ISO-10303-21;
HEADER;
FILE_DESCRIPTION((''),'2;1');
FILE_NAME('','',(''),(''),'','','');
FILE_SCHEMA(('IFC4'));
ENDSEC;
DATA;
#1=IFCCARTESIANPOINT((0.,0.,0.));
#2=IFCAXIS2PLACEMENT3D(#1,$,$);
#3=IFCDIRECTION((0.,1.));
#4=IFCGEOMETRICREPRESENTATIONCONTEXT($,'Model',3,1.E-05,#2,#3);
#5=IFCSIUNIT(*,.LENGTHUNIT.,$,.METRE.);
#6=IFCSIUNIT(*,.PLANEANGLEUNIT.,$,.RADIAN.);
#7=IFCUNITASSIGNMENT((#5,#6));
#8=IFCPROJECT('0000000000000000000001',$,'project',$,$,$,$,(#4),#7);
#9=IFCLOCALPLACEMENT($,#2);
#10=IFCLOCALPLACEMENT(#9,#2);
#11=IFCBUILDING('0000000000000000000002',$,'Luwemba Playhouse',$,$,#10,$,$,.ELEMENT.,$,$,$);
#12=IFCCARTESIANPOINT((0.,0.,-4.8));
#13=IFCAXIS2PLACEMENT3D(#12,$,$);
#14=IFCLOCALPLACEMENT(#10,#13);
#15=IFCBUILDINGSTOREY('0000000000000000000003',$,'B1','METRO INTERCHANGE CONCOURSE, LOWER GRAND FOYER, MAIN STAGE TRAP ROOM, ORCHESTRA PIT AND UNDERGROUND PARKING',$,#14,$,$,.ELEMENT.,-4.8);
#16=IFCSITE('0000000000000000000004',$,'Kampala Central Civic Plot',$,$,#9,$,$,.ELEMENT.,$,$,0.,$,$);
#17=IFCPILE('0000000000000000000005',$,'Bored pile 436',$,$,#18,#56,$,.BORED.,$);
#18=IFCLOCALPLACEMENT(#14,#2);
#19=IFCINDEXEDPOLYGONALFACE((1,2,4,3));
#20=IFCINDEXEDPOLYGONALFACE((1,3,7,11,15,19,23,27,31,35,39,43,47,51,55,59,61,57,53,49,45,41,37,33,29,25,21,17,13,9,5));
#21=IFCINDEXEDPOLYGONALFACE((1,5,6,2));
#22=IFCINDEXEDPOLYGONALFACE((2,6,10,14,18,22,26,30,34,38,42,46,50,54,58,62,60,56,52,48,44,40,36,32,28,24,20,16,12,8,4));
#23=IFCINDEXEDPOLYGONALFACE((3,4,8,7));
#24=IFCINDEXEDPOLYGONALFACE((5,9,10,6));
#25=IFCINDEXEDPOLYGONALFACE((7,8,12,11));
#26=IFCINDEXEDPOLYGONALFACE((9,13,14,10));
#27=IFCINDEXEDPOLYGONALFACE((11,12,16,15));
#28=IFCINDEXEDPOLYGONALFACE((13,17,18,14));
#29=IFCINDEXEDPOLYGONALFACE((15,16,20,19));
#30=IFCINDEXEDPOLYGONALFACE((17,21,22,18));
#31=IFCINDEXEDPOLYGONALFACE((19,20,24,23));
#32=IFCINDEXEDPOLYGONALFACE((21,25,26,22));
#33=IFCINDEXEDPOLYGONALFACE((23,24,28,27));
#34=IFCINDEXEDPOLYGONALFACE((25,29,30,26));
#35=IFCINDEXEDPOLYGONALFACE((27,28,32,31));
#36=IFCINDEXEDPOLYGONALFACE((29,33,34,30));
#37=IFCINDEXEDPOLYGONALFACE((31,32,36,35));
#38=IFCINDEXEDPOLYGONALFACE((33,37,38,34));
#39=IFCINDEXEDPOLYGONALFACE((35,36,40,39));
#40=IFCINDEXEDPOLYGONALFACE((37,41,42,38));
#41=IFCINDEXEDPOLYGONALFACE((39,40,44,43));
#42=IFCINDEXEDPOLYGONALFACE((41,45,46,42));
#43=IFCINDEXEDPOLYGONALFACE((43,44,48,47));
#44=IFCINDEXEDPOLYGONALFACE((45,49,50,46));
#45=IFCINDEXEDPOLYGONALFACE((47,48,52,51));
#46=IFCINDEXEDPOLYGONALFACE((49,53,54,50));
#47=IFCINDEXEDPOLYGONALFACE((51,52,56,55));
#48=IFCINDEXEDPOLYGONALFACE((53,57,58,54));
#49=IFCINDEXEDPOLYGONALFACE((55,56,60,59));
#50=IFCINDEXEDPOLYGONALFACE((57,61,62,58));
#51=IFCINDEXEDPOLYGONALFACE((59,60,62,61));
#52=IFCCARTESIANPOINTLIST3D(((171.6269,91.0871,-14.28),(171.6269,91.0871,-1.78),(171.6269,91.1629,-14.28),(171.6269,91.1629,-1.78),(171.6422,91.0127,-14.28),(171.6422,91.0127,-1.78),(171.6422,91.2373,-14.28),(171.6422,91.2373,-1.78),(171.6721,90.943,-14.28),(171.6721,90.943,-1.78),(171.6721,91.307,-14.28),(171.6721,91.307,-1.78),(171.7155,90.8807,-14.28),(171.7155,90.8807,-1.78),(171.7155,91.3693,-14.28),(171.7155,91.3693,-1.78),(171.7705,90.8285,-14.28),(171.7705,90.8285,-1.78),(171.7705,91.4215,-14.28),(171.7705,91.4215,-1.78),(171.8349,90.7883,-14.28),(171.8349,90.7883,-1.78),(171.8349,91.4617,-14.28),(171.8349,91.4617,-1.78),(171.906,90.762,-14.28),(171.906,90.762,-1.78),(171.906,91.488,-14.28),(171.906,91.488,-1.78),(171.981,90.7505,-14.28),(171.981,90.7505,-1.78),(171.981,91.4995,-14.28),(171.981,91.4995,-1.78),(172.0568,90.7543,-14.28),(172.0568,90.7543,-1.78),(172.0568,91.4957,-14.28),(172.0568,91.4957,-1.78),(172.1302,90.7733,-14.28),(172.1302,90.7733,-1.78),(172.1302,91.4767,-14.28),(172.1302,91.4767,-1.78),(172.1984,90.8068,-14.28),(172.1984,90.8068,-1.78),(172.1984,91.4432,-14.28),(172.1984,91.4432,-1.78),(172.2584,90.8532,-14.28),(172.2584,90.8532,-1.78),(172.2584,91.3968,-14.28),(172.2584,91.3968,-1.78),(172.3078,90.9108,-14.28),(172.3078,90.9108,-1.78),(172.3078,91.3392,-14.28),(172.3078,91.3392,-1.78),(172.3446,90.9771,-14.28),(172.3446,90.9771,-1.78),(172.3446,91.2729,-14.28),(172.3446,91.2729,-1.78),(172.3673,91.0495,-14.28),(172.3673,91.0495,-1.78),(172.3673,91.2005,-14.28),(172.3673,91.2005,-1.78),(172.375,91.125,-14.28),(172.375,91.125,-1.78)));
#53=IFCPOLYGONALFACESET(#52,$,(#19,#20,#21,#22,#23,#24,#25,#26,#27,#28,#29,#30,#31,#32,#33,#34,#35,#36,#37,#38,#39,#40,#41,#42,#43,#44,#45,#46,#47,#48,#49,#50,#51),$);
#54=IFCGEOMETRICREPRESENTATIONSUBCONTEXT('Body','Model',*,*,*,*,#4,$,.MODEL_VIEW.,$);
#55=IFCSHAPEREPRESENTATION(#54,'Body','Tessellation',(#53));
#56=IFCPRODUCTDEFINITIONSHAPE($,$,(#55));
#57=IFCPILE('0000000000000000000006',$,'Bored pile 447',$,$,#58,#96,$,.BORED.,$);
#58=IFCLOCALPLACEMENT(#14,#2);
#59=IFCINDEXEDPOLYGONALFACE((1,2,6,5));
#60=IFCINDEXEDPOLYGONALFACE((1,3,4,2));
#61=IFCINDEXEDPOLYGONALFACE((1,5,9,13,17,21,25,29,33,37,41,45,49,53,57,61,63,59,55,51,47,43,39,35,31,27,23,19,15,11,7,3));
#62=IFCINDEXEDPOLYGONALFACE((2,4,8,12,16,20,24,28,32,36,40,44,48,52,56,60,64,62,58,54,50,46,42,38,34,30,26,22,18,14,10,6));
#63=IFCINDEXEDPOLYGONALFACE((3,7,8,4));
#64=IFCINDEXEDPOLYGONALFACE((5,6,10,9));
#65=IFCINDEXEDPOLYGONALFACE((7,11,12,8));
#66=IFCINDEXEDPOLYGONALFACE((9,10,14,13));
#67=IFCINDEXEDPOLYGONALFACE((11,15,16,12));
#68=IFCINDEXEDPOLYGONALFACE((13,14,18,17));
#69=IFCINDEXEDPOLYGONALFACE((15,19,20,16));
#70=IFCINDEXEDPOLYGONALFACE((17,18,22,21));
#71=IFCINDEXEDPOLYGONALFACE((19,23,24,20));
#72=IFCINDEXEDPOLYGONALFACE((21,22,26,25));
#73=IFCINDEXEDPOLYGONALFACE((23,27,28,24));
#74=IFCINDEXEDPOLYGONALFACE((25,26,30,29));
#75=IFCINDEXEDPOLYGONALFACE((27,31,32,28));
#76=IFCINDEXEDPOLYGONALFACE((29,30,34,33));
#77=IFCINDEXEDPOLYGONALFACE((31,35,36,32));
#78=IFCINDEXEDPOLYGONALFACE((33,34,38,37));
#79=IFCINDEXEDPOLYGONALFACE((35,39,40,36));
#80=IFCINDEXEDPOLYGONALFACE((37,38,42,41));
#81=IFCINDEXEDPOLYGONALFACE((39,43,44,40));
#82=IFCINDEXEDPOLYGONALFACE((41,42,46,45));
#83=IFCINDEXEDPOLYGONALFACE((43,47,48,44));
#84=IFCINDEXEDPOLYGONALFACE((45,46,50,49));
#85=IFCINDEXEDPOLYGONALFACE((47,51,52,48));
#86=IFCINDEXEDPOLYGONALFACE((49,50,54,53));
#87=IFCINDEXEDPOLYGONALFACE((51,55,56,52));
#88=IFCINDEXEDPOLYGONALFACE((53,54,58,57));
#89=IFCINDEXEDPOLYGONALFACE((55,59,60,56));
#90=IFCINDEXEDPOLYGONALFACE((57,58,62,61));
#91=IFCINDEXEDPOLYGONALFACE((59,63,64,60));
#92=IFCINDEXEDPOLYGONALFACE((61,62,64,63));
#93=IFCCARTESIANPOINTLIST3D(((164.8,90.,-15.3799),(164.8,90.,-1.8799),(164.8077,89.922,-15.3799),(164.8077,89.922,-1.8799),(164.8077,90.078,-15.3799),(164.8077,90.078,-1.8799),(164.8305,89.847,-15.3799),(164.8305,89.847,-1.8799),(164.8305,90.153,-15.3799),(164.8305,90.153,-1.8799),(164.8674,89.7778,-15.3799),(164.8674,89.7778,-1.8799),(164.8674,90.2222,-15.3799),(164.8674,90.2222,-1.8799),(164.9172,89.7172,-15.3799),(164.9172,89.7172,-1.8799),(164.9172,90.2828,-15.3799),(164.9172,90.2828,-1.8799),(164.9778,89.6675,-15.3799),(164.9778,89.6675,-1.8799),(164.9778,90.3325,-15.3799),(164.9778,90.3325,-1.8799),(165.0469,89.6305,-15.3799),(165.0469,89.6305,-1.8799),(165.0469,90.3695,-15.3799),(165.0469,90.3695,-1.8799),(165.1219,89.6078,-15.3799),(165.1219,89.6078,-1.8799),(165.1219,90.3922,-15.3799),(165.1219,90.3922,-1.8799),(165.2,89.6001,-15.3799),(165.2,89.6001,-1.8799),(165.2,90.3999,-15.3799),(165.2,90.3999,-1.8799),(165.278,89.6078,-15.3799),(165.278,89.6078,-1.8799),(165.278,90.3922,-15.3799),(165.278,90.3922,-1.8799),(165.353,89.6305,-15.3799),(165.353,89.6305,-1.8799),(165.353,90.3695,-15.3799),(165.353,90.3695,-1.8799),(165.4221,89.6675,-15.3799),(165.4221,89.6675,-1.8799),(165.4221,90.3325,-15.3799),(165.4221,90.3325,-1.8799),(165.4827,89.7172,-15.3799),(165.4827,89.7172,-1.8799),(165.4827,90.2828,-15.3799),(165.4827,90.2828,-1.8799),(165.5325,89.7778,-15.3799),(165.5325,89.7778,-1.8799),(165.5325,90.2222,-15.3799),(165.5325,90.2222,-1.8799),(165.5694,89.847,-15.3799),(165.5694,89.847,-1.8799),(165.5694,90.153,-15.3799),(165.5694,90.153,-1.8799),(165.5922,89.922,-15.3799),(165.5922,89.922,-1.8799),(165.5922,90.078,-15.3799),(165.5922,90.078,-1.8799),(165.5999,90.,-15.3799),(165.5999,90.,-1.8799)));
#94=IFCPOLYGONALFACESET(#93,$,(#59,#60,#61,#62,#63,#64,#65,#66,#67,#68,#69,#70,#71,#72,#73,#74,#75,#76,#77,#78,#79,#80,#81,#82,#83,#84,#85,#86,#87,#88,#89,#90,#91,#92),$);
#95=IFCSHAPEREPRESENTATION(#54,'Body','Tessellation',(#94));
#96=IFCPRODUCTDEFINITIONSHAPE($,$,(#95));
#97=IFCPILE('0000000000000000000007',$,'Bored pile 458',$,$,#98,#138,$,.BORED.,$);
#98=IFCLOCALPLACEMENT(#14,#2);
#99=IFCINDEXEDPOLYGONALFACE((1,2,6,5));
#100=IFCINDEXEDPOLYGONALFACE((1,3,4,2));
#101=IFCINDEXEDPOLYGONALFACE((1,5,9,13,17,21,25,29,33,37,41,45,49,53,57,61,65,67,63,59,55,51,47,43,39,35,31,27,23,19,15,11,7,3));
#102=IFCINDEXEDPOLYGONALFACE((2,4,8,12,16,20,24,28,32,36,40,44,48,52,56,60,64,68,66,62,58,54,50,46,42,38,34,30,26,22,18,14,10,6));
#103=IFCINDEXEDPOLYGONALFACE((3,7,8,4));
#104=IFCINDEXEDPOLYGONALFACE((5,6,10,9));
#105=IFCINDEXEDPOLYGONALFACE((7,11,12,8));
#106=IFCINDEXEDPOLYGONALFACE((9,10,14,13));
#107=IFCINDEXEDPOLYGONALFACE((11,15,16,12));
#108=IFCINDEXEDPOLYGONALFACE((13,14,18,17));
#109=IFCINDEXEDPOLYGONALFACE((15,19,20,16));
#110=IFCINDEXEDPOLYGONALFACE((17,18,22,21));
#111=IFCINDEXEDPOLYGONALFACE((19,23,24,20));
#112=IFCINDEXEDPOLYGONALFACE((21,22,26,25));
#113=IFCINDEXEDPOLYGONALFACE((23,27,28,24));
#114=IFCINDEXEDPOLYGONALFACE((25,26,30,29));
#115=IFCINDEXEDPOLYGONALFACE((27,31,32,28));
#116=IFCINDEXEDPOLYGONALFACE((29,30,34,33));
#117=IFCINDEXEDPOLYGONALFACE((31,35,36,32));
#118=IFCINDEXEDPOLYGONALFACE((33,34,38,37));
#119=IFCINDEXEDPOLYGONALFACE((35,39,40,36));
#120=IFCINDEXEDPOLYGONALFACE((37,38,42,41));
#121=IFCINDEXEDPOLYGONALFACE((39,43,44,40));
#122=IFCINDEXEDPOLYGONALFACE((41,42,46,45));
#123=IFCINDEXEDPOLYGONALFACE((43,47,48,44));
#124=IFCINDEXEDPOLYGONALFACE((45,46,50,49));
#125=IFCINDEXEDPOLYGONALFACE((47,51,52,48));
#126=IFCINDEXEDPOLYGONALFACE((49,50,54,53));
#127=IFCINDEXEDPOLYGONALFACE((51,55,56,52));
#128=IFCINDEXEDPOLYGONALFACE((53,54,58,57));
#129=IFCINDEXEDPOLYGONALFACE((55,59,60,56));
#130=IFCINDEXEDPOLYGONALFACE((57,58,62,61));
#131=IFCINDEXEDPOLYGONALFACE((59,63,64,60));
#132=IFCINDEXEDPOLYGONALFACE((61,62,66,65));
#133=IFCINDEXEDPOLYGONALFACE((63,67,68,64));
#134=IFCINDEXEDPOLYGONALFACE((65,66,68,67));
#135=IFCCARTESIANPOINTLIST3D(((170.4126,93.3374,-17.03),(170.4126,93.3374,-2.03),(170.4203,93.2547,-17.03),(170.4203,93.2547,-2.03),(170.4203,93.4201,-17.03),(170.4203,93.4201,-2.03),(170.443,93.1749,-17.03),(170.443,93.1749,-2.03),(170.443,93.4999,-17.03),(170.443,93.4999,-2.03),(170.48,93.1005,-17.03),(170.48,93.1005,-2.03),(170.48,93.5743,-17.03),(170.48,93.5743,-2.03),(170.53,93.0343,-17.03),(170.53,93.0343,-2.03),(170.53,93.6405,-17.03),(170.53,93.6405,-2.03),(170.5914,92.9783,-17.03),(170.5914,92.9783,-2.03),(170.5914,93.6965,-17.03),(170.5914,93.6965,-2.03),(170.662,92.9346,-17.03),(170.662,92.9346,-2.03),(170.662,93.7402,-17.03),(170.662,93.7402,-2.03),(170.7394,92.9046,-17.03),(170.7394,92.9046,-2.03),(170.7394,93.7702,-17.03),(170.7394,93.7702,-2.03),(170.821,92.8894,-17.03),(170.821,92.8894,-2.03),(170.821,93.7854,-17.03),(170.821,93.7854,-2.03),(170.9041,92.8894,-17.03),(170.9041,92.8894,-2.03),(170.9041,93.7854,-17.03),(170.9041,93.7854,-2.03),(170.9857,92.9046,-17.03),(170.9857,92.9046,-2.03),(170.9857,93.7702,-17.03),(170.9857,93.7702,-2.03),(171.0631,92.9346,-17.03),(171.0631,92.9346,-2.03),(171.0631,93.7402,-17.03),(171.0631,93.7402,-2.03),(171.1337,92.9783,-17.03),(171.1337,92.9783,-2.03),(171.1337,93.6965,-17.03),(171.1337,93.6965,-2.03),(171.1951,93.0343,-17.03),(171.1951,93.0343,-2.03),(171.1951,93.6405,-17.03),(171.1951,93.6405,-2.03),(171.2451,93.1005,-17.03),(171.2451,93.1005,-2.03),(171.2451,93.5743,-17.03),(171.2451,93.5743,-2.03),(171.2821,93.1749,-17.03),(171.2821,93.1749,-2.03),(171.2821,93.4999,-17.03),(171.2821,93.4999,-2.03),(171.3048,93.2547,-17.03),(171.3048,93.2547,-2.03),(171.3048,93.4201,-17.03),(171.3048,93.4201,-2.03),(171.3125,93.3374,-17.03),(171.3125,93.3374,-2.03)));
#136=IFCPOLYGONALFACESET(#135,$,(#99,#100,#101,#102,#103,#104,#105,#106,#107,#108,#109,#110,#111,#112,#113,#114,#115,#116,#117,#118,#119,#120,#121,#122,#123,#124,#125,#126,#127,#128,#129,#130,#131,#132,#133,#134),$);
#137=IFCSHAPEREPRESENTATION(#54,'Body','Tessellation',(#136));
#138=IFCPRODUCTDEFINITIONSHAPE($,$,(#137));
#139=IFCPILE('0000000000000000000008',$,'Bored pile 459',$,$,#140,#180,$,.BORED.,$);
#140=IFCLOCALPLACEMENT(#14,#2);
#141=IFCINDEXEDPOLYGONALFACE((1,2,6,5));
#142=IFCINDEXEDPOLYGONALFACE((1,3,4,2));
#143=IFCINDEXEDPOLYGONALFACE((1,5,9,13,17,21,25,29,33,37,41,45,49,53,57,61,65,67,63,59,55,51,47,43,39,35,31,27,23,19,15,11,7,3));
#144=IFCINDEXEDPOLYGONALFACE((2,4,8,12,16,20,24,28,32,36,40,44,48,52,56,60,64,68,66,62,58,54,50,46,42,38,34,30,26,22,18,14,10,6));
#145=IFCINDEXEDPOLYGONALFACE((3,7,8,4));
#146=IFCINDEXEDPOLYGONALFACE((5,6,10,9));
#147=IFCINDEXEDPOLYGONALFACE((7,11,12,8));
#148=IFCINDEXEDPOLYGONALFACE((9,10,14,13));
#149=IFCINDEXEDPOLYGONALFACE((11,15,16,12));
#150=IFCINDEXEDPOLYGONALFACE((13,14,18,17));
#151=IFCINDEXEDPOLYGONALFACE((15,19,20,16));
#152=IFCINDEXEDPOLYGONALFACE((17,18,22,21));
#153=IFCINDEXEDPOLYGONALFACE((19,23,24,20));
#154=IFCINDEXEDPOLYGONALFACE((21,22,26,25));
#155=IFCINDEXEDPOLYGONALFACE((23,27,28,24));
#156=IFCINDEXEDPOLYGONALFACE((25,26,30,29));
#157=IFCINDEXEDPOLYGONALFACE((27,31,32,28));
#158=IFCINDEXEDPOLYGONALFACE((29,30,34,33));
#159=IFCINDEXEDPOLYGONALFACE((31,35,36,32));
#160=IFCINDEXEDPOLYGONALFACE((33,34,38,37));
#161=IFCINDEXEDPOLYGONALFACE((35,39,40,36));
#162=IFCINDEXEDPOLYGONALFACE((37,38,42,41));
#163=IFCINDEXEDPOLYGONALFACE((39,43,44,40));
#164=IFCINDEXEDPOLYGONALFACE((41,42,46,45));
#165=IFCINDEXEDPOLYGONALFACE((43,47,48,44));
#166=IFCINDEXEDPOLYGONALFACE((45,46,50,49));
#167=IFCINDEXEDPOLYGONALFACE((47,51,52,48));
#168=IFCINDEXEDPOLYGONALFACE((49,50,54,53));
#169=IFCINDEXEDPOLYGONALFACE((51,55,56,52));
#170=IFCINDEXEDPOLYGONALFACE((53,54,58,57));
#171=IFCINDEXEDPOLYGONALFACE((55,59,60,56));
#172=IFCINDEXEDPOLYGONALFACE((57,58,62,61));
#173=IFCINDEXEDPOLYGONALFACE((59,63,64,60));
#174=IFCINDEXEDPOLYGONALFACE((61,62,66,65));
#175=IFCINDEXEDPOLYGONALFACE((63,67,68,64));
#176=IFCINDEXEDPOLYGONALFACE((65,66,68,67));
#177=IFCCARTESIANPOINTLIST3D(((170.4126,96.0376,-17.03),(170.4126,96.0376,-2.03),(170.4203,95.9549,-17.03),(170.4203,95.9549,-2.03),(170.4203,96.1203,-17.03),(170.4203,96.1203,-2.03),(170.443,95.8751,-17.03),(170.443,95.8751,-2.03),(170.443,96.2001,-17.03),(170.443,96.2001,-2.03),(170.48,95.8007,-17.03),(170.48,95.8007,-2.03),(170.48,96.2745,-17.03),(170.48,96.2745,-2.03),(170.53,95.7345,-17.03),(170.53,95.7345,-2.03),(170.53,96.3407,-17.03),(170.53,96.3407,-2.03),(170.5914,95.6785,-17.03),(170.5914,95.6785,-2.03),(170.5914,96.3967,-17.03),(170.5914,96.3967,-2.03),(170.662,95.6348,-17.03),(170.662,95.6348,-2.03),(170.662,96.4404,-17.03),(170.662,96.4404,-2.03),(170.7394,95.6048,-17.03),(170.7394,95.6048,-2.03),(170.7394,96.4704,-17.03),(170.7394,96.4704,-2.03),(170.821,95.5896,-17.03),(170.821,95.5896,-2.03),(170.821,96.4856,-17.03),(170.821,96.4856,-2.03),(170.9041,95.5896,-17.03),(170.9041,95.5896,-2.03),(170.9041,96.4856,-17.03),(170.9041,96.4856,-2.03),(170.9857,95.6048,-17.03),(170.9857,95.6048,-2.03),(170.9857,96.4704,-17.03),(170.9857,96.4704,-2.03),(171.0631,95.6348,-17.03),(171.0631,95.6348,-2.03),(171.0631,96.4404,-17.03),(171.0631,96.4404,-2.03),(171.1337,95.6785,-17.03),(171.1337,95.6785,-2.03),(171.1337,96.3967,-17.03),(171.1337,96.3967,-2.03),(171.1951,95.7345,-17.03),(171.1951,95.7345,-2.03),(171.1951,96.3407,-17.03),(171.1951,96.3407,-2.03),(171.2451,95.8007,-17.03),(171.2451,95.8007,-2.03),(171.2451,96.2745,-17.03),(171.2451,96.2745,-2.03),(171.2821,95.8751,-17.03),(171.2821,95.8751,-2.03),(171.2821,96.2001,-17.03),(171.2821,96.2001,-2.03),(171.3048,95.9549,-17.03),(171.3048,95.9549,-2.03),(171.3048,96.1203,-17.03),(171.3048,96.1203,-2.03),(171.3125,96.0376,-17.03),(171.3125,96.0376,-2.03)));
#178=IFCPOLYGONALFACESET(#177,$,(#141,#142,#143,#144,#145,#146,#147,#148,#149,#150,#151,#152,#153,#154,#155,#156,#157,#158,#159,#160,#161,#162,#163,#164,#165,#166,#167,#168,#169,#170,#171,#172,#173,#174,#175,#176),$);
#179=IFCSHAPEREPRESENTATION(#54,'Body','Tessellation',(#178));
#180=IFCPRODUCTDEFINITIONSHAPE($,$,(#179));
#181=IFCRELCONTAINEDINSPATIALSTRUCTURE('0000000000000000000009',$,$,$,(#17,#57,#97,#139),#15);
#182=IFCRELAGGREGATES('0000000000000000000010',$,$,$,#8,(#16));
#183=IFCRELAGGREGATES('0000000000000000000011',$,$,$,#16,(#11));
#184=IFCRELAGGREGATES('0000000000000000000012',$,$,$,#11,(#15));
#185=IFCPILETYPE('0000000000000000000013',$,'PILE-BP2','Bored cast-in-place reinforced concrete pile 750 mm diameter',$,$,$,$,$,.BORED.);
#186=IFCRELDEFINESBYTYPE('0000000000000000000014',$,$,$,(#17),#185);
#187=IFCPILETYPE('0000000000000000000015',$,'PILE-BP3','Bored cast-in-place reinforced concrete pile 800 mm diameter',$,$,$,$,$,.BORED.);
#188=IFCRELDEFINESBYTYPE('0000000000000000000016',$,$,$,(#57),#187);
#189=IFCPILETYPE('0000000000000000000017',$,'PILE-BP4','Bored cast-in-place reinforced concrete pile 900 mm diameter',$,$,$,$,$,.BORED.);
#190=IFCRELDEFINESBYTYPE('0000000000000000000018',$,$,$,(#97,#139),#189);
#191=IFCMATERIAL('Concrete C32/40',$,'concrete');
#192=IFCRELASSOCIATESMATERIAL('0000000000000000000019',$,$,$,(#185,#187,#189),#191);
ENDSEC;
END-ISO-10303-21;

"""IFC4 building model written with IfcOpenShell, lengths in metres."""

from ifc_helpers import new_model, si_unit, direction, frame, origin, origin_2d, place, context, subcontext, project, spatial, circle, extrude, material, material_profile, profile_set, type_object, element, save


model = new_model("IFC4")

# Units and contexts
model_context = context("Model", 3, precision=1e-05, world=origin(), true_north=direction((0.0, 1.0)))
body_context = subcontext(model_context, "Body", "Model", "MODEL_VIEW")
ifc_project = project(units=[si_unit("LENGTHUNIT", "METRE"), si_unit("PLANEANGLEUNIT", "RADIAN")], contexts=[model_context])

# Site, building, storey
site_placement = place(None, origin())
site = spatial("IfcSite", under=ifc_project, at=site_placement, Name="Kampala Central Civic Plot", CompositionType="ELEMENT", RefElevation=0.0)
building_placement = place(site_placement, origin())
building = spatial("IfcBuilding", under=site, at=building_placement, Name="Luwemba Playhouse", CompositionType="ELEMENT")
storey_placement = place(building_placement, frame((0.0, 0.0, -4.8)))
storey = spatial("IfcBuildingStorey", under=building, at=storey_placement, Name="B1", Description="METRO INTERCHANGE CONCOURSE, LOWER GRAND FOYER, MAIN STAGE TRAP ROOM, ORCHESTRA PIT AND UNDERGROUND PARKING", CompositionType="ELEMENT", Elevation=-4.8)

# Shared definitions
ifc_material_1 = material(Name="Concrete C32/40", Category="concrete")

# Piles
ifc_material_profile_1 = material_profile(ifc_material_1, circle(Radius=0.375, at=origin_2d()))
ifc_profile_set_1 = profile_set([ifc_material_profile_1], Name="Concrete C32/40")
pile_type_1 = type_object("IfcPileType", Name="PILE-BP2", Description="Bored cast-in-place reinforced concrete pile 750 mm diameter", PredefinedType="BORED", material=ifc_profile_set_1)
pile_1_placement = place(storey_placement, frame((172.0, 91.125, -1.78), z_axis=(0.0, 0.0, -1.0), x_axis=(1.0, 0.0, 0.0)))
element("IfcPile", 1, at=pile_1_placement, inside=storey, type_object=pile_type_1, Name="Bored pile 436", PredefinedType="BORED", context=body_context, shape_type="SweptSolid", body=[
    extrude(circle(Radius=0.375, at=origin_2d()), origin(), (0.0, 0.0, 1.0), 12.5),
])
ifc_material_profile_2 = material_profile(ifc_material_1, circle(Radius=0.3999, at=origin_2d()))
ifc_profile_set_2 = profile_set([ifc_material_profile_2], Name="Concrete C32/40")
pile_type_2 = type_object("IfcPileType", Name="PILE-BP3", Description="Bored cast-in-place reinforced concrete pile 800 mm diameter", PredefinedType="BORED", material=ifc_profile_set_2)
pile_2_placement = place(storey_placement, frame((165.2, 90.0, -1.8799), z_axis=(0.0, 0.0, -1.0), x_axis=(1.0, 0.0, 0.0)))
element("IfcPile", 2, at=pile_2_placement, inside=storey, type_object=pile_type_2, Name="Bored pile 447", PredefinedType="BORED", context=body_context, shape_type="SweptSolid", body=[
    extrude(circle(Radius=0.3999, at=origin_2d()), origin(), (0.0, 0.0, 1.0), 13.5),
])
ifc_material_profile_3 = material_profile(ifc_material_1, circle(Radius=0.45, at=origin_2d()))
ifc_profile_set_3 = profile_set([ifc_material_profile_3], Name="Concrete C32/40")
pile_type_3 = type_object("IfcPileType", Name="PILE-BP4", Description="Bored cast-in-place reinforced concrete pile 900 mm diameter", PredefinedType="BORED", material=ifc_profile_set_3)
for number, where, z_axis, x_axis, name in (
    (3, (170.8625, 93.3374, -2.03), (0.0, 0.0, -1.0), (1.0, 0.0, 0.0), "Bored pile 458"),
    (4, (170.8625, 96.0376, -2.03), (0.0, 0.0, -1.0), (1.0, 0.0, 0.0), "Bored pile 459"),
):
    element("IfcPile", number, at=place(storey_placement, frame(where, z_axis=z_axis, x_axis=x_axis)), inside=storey, type_object=pile_type_3, Name=name, PredefinedType="BORED", context=body_context, shape_type="SweptSolid", body=[
        extrude(circle(Radius=0.45, at=origin_2d()), origin(), (0.0, 0.0, 1.0), 15.0),
    ])

save(model, "model.ifc")
